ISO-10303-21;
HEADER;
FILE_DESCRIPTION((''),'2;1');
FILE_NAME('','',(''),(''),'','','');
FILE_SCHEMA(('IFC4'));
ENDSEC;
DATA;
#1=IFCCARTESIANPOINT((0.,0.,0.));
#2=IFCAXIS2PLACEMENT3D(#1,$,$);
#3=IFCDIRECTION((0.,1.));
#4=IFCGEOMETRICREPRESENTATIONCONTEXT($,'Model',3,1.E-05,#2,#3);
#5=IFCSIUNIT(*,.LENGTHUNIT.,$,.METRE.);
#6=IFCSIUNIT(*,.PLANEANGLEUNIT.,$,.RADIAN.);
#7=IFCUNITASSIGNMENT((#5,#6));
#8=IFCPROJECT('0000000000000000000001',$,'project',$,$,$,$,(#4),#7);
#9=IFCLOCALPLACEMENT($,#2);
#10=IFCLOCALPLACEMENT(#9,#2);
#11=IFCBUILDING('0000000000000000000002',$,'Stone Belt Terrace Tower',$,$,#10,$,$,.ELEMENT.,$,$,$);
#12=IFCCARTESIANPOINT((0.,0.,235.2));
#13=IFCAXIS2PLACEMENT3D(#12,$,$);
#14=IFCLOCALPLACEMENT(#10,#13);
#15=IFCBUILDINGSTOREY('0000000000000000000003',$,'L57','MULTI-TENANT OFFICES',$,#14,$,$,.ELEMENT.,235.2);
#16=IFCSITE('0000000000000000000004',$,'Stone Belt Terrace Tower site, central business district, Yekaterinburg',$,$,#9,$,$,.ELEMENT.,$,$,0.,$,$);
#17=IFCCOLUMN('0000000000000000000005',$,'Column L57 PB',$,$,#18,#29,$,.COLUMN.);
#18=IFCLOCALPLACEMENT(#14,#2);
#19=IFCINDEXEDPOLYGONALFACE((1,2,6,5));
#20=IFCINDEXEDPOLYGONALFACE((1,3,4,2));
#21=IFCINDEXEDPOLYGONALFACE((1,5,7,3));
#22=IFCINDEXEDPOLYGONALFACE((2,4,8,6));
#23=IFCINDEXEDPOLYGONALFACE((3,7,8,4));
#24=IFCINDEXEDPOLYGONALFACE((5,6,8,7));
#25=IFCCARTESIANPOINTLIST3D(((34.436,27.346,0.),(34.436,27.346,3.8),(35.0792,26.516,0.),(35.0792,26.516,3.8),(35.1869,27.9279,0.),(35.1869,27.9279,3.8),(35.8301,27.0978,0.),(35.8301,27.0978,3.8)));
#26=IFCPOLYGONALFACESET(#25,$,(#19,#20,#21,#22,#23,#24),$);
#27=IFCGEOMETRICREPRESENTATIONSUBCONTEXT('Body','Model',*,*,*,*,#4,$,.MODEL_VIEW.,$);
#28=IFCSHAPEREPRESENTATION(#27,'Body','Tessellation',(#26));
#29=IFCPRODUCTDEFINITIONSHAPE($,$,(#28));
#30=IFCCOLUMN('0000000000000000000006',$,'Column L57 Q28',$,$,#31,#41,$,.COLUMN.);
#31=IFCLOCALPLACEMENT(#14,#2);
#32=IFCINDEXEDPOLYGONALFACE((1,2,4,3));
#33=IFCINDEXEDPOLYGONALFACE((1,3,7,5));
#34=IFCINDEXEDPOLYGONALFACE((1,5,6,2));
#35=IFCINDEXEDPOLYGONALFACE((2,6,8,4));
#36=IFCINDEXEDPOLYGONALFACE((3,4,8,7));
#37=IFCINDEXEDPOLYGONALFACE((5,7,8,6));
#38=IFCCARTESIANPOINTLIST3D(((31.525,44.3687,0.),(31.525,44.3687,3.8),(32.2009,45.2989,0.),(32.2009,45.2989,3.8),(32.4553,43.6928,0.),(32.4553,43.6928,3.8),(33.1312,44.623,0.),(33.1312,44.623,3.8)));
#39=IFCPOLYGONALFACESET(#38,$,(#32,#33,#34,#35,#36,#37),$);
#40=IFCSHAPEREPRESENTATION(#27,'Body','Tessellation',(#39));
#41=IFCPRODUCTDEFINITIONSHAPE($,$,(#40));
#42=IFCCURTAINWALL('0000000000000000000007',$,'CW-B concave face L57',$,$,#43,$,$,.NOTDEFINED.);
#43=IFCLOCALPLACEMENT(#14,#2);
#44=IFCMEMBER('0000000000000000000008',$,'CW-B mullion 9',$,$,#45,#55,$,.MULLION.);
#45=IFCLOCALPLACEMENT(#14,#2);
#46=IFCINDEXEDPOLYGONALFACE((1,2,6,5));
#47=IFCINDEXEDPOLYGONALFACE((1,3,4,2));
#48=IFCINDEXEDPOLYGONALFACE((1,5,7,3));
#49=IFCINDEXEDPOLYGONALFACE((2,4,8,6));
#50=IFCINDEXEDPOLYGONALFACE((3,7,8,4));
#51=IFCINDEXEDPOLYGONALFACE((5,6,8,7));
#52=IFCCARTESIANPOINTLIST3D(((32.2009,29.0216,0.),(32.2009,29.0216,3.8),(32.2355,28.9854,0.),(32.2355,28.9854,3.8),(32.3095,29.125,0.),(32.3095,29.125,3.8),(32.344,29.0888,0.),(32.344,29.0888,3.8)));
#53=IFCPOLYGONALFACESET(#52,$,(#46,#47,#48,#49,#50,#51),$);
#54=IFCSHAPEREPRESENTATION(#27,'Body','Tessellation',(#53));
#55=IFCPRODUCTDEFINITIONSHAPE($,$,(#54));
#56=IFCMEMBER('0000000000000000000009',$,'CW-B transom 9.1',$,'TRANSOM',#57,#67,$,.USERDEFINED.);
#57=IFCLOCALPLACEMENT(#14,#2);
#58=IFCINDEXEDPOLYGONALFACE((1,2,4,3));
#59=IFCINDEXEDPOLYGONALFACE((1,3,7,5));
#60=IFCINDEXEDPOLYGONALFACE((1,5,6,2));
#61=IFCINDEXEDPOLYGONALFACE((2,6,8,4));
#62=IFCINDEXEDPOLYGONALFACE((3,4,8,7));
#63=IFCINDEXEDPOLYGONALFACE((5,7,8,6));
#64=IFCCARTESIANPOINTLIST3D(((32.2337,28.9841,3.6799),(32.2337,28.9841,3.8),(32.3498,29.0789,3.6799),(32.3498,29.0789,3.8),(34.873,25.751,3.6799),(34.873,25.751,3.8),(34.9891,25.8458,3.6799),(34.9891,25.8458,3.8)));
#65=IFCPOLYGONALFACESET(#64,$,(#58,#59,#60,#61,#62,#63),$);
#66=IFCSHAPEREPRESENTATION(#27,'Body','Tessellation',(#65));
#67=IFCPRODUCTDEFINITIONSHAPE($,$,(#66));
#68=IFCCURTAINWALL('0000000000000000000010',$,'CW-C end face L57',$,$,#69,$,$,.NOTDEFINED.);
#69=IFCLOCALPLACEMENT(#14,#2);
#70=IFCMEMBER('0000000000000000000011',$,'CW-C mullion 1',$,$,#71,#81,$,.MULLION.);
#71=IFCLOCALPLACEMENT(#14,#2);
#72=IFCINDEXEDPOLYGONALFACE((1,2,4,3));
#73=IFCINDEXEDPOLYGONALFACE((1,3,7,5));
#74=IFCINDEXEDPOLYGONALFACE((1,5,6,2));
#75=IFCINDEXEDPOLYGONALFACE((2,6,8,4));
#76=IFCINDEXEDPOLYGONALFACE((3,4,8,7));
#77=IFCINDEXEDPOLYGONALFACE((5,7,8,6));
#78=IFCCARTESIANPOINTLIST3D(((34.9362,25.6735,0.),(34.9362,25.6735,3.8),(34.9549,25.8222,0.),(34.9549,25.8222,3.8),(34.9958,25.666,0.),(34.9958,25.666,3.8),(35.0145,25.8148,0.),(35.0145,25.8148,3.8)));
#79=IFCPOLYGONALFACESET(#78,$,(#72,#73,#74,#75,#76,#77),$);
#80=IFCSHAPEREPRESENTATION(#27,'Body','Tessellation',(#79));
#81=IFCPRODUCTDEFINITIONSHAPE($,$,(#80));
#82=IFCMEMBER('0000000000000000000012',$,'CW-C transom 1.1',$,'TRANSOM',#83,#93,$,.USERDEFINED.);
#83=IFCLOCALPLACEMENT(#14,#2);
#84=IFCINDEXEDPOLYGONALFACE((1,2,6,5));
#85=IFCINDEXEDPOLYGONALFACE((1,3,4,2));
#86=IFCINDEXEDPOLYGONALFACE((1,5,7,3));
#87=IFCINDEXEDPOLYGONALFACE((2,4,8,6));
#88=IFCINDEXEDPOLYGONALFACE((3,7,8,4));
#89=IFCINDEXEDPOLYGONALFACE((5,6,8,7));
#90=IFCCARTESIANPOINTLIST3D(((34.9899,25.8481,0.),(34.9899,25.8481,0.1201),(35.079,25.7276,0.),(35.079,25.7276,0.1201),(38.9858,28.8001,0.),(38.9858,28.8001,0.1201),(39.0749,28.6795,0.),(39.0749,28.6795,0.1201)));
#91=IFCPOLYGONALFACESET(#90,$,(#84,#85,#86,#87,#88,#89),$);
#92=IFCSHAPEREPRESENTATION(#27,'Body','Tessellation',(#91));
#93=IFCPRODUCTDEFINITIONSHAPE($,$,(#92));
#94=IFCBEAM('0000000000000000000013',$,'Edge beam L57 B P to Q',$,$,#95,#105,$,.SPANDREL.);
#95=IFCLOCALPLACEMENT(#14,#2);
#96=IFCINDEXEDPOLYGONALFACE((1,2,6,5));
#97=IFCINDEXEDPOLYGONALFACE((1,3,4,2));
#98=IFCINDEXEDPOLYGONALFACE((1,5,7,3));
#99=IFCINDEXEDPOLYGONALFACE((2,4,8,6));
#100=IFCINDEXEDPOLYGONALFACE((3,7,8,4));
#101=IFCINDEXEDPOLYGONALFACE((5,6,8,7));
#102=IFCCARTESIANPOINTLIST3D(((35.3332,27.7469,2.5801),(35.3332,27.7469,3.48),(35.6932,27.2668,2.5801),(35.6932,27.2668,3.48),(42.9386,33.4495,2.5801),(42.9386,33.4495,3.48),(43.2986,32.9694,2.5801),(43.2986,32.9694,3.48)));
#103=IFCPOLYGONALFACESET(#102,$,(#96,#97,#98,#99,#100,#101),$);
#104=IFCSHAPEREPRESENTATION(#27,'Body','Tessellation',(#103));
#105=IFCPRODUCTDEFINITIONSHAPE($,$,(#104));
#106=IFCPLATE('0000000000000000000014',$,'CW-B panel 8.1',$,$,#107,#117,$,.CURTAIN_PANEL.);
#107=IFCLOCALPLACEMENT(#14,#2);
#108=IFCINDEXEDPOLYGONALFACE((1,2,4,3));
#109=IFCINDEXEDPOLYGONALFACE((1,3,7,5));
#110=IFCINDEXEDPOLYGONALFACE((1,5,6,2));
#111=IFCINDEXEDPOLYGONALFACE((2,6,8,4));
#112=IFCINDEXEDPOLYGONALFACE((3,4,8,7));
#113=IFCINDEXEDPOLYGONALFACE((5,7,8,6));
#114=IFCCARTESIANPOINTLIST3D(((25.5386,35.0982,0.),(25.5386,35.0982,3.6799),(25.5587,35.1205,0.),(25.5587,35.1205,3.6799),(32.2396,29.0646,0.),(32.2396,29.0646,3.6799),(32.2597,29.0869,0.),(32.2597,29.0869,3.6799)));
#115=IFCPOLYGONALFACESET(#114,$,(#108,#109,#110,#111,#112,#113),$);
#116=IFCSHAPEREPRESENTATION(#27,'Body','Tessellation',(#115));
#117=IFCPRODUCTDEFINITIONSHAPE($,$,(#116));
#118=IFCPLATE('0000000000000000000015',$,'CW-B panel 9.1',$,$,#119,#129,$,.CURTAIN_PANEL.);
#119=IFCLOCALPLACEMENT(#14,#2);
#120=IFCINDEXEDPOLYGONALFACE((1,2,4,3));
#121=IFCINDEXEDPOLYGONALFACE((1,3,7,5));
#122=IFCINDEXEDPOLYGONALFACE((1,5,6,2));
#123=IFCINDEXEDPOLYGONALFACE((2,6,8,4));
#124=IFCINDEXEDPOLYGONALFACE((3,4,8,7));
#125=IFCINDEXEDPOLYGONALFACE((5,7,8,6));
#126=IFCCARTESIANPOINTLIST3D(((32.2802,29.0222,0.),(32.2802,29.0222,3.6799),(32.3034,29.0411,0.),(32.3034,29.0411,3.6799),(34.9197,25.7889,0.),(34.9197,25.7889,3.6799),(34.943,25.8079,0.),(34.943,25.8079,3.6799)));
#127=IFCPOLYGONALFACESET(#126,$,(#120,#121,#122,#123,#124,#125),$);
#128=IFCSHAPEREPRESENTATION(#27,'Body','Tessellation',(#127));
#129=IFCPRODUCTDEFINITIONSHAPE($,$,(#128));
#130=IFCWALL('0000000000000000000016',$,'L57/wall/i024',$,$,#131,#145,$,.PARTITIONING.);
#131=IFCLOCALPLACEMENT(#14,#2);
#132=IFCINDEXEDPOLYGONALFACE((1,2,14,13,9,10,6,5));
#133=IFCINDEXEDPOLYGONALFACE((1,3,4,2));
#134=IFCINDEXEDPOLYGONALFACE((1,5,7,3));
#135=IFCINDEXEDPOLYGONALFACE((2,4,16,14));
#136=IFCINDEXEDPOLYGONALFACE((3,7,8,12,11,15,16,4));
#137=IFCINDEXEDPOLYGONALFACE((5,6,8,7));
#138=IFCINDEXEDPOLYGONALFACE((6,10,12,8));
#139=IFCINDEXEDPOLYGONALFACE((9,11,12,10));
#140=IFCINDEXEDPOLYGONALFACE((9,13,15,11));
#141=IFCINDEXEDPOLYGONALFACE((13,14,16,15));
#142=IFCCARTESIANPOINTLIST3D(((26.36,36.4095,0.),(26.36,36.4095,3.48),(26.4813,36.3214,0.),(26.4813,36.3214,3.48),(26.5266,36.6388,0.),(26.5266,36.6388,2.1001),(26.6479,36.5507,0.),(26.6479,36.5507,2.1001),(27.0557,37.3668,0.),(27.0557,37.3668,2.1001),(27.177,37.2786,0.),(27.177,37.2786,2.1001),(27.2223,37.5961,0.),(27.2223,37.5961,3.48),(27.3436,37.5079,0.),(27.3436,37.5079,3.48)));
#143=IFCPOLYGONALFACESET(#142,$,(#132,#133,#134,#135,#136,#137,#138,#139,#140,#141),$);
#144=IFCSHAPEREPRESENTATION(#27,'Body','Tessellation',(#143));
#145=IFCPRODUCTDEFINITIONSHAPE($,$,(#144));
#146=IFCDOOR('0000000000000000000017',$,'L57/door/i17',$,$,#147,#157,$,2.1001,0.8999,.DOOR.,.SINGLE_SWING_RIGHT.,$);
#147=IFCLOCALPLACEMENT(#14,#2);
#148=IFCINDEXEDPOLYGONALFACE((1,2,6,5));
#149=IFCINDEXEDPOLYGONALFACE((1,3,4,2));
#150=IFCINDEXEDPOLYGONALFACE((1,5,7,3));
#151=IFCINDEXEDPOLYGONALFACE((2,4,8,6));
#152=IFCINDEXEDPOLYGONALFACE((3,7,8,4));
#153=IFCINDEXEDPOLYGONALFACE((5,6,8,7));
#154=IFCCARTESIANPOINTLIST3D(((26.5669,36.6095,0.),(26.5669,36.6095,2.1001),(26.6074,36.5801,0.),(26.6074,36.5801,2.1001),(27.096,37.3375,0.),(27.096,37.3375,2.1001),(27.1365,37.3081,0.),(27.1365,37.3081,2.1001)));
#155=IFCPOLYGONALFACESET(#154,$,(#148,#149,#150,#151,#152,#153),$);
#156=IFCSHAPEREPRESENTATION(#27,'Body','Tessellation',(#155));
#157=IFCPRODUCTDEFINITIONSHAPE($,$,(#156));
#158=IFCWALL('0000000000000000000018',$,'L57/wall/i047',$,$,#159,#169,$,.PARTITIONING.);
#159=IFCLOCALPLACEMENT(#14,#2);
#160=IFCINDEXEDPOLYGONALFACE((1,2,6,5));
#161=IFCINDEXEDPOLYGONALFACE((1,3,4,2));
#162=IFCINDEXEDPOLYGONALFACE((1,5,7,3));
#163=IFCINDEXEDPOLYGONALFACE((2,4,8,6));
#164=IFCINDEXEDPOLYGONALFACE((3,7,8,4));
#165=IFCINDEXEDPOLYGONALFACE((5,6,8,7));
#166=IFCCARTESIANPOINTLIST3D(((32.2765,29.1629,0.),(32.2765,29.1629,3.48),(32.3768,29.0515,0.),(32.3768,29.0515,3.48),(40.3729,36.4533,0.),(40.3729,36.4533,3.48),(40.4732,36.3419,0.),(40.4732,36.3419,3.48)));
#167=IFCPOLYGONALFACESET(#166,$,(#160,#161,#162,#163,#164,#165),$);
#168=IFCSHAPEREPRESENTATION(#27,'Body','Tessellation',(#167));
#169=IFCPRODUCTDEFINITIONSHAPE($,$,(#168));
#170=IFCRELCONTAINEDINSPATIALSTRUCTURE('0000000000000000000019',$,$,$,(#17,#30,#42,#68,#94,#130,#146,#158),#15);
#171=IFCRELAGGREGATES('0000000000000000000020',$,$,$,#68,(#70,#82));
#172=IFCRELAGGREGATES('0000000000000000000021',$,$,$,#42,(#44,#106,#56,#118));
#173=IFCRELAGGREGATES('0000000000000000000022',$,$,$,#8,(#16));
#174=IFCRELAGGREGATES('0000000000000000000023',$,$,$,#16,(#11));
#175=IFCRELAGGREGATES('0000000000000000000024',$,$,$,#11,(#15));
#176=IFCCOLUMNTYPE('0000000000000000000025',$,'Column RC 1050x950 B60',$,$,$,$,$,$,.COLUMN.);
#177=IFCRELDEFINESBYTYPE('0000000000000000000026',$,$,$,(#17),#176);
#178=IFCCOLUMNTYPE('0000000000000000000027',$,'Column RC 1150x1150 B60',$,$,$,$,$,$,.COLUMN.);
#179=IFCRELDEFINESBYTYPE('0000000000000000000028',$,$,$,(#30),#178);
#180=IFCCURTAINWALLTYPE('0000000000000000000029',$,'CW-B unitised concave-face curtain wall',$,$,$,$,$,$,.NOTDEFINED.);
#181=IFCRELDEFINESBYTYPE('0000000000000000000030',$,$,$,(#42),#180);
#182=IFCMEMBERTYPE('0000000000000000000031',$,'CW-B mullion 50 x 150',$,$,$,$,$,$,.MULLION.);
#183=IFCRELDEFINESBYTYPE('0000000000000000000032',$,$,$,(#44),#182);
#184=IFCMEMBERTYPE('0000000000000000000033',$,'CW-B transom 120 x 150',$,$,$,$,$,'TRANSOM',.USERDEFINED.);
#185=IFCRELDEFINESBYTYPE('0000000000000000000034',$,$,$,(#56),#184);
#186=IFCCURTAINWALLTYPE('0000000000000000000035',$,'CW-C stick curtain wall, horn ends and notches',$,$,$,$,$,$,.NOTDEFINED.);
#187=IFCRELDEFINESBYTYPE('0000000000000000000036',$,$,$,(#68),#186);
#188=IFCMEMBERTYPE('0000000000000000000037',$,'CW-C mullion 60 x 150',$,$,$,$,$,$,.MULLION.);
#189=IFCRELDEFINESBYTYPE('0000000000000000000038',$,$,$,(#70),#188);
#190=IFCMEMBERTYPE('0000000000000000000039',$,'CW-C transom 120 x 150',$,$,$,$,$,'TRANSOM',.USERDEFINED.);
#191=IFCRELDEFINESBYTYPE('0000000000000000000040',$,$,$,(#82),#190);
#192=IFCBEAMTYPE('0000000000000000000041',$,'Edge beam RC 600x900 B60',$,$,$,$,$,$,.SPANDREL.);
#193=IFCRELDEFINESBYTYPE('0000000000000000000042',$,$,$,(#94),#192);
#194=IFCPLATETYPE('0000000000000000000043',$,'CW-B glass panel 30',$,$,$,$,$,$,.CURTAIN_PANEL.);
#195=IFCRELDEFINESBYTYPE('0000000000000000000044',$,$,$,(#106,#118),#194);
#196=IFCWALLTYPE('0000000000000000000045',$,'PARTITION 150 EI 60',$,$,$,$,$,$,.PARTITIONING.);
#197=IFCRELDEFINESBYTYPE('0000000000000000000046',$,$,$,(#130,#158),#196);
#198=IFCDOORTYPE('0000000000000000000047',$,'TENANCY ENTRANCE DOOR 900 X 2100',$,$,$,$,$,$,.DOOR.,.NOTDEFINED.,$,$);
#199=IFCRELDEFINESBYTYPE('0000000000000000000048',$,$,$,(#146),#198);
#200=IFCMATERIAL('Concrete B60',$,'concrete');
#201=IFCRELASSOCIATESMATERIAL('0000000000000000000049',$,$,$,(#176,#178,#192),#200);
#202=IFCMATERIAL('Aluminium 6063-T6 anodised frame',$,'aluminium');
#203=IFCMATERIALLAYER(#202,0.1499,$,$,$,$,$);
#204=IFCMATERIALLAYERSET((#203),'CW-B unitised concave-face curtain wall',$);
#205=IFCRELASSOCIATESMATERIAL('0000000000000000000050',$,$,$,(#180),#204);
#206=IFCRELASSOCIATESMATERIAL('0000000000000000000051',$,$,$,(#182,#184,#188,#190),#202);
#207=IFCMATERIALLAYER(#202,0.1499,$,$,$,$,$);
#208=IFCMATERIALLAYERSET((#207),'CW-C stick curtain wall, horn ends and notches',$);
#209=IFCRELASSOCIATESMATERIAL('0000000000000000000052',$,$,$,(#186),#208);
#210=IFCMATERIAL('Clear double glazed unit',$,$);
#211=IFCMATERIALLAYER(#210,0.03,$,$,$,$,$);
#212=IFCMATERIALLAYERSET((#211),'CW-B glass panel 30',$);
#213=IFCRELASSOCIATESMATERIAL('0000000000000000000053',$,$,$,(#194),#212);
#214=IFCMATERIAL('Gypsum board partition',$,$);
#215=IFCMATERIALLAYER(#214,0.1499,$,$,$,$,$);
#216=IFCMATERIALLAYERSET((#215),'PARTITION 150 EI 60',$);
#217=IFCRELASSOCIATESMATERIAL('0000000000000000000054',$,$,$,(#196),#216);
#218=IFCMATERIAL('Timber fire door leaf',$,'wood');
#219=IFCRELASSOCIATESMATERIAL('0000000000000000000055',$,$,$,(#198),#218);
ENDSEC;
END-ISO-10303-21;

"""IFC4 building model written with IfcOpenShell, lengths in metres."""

from ifc_helpers import new_model, si_unit, direction, frame, frame_2d, origin, origin_2d, place, context, subcontext, project, spatial, rectangle, extrude, material, layer, layer_set, material_profile, profile_set, type_object, element, fill, aggregate, save


model = new_model("IFC4")

# Units and contexts
model_context = context("Model", 3, precision=1e-05, world=origin(), true_north=direction((0.0, 1.0)))
body_context = subcontext(model_context, "Body", "Model", "MODEL_VIEW")
ifc_project = project(units=[si_unit("LENGTHUNIT", "METRE"), si_unit("PLANEANGLEUNIT", "RADIAN")], contexts=[model_context])

# Site, building, storey
site_placement = place(None, origin())
site = spatial("IfcSite", under=ifc_project, at=site_placement, Name="Stone Belt Terrace Tower site, central business district, Yekaterinburg", CompositionType="ELEMENT", RefElevation=0.0)
building_placement = place(site_placement, origin())
building = spatial("IfcBuilding", under=site, at=building_placement, Name="Stone Belt Terrace Tower", CompositionType="ELEMENT")
storey_placement = place(building_placement, frame((0.0, 0.0, 235.2)))
storey = spatial("IfcBuildingStorey", under=building, at=storey_placement, Name="L57", Description="MULTI-TENANT OFFICES", CompositionType="ELEMENT", Elevation=235.2)

# Columns
ifc_material_1 = material(Name="Concrete B60", Category="concrete")
ifc_material_profile_1 = material_profile(ifc_material_1, rectangle(XDim=1.05, YDim=0.95, at=origin_2d()), Name="RC 1050x950")
ifc_profile_set_1 = profile_set([ifc_material_profile_1], Name="Concrete B60")
column_type_1 = type_object("IfcColumnType", Name="Column RC 1050x950 B60", PredefinedType="COLUMN", material=ifc_profile_set_1)
column_1_placement = place(storey_placement, frame((35.1331, 27.2219, 0.0), z_axis=(0.0, 0.0, 1.0), x_axis=(0.612485, -0.790482, 0.0)))
element("IfcColumn", 1, at=column_1_placement, inside=storey, type_object=column_type_1, Name="Column L57 PB", PredefinedType="COLUMN", context=body_context, shape_type="SweptSolid", body=[
    extrude(rectangle(XDim=1.05, YDim=0.95, at=origin_2d()), origin(), (0.0, 0.0, 1.0), 3.8),
])
ifc_material_profile_2 = material_profile(ifc_material_1, rectangle(XDim=1.1499, YDim=1.1499, at=origin_2d()), Name="RC 1150x1150")
ifc_profile_set_2 = profile_set([ifc_material_profile_2], Name="Concrete B60")
column_type_2 = type_object("IfcColumnType", Name="Column RC 1150x1150 B60", PredefinedType="COLUMN", material=ifc_profile_set_2)
column_2_placement = place(storey_placement, frame((32.3281, 44.4958, 0.0), z_axis=(0.0, 0.0, 1.0), x_axis=(0.809017, -0.587785, 0.0)))
element("IfcColumn", 2, at=column_2_placement, inside=storey, type_object=column_type_2, Name="Column L57 Q28", PredefinedType="COLUMN", context=body_context, shape_type="SweptSolid", body=[
    extrude(rectangle(XDim=1.1499, YDim=1.1499, at=origin_2d()), origin(), (0.0, 0.0, 1.0), 3.8),
])

# Curtain walls, members
ifc_material_2 = material(Name="Aluminium 6063-T6 anodised frame", Category="aluminium")
ifc_layer_1 = layer(ifc_material_2, 0.1499)
ifc_layer_set_1 = layer_set([ifc_layer_1], Name="CW-B unitised concave-face curtain wall")
curtain_wall_type_1 = type_object("IfcCurtainWallType", Name="CW-B unitised concave-face curtain wall", PredefinedType="NOTDEFINED", material=ifc_layer_set_1)
curtain_wall_1_placement = place(storey_placement, origin())
curtain_wall_1 = element("IfcCurtainWall", 3, at=curtain_wall_1_placement, inside=storey, type_object=curtain_wall_type_1, Name="CW-B concave face L57", PredefinedType="NOTDEFINED")
ifc_material_profile_3 = material_profile(ifc_material_2, rectangle(XDim=0.1499, YDim=0.05, at=origin_2d()), Name="Aluminium 6063-T6 50x150")
ifc_profile_set_3 = profile_set([ifc_material_profile_3], Name="Aluminium 6063-T6 anodised frame")
member_type_1 = type_object("IfcMemberType", Name="CW-B mullion 50 x 150", PredefinedType="MULLION", material=ifc_profile_set_3)
member_1_placement = place(storey_placement, frame((32.2725, 29.0552, 0.0), z_axis=(0.0, 0.0, 1.0), x_axis=(0.724008, 0.689792, 0.0)))
member_1 = element("IfcMember", 4, at=member_1_placement, type_object=member_type_1, Name="CW-B mullion 9", PredefinedType="MULLION", context=body_context, shape_type="SweptSolid", body=[
    extrude(rectangle(XDim=0.1499, YDim=0.05, at=origin_2d()), origin(), (0.0, 0.0, 1.0), 3.8),
])
ifc_material_profile_4 = material_profile(ifc_material_2, rectangle(XDim=0.1499, YDim=0.1201, at=origin_2d()), Name="Aluminium 6063-T6 150x120")
ifc_profile_set_4 = profile_set([ifc_material_profile_4], Name="Aluminium 6063-T6 anodised frame")
member_type_2 = type_object("IfcMemberType", Name="CW-B transom 120 x 150", ElementType="TRANSOM", PredefinedType="USERDEFINED", material=ifc_profile_set_4)
member_2_placement = place(storey_placement, frame((32.2917, 29.0315, 3.74), z_axis=(0.63239, -0.77465, 0.0), x_axis=(0.77465, 0.63239, 0.0)))
member_2 = element("IfcMember", 5, at=member_2_placement, type_object=member_type_2, Name="CW-B transom 9.1", ObjectType="TRANSOM", PredefinedType="USERDEFINED", context=body_context, shape_type="SweptSolid", body=[
    extrude(rectangle(XDim=0.1499, YDim=0.1201, at=origin_2d()), origin(), (0.0, 0.0, 1.0), 4.1736),
])
ifc_layer_2 = layer(ifc_material_2, 0.1499)
ifc_layer_set_2 = layer_set([ifc_layer_2], Name="CW-C stick curtain wall, horn ends and notches")
curtain_wall_type_2 = type_object("IfcCurtainWallType", Name="CW-C stick curtain wall, horn ends and notches", PredefinedType="NOTDEFINED", material=ifc_layer_set_2)
curtain_wall_2_placement = place(storey_placement, origin())
curtain_wall_2 = element("IfcCurtainWall", 6, at=curtain_wall_2_placement, inside=storey, type_object=curtain_wall_type_2, Name="CW-C end face L57", PredefinedType="NOTDEFINED")
ifc_material_profile_5 = material_profile(ifc_material_2, rectangle(XDim=0.1499, YDim=0.0601, at=origin_2d()), Name="Aluminium 6063-T6 60x150")
ifc_profile_set_5 = profile_set([ifc_material_profile_5], Name="Aluminium 6063-T6 anodised frame")
member_type_3 = type_object("IfcMemberType", Name="CW-C mullion 60 x 150", PredefinedType="MULLION", material=ifc_profile_set_5)
member_3_placement = place(storey_placement, frame((34.9753, 25.7441, 0.0), z_axis=(0.0, 0.0, 1.0), x_axis=(0.124626, 0.992204, 0.0)))
member_3 = element("IfcMember", 7, at=member_3_placement, type_object=member_type_3, Name="CW-C mullion 1", PredefinedType="MULLION", context=body_context, shape_type="SweptSolid", body=[
    extrude(rectangle(XDim=0.1499, YDim=0.0601, at=origin_2d()), origin(), (0.0, 0.0, 1.0), 3.8),
])
ifc_material_profile_6 = material_profile(ifc_material_2, rectangle(XDim=0.1499, YDim=0.1201, at=origin_2d()), Name="Aluminium 6063-T6 150x120")
ifc_profile_set_6 = profile_set([ifc_material_profile_6], Name="Aluminium 6063-T6 anodised frame")
member_type_4 = type_object("IfcMemberType", Name="CW-C transom 120 x 150", ElementType="TRANSOM", PredefinedType="USERDEFINED", material=ifc_profile_set_6)
member_4_placement = place(storey_placement, frame((35.0344, 25.7878, 0.0601), z_axis=(0.804325, 0.594189, 0.0), x_axis=(-0.594189, 0.804325, 0.0)))
member_4 = element("IfcMember", 8, at=member_4_placement, type_object=member_type_4, Name="CW-C transom 1.1", ObjectType="TRANSOM", PredefinedType="USERDEFINED", context=body_context, shape_type="SweptSolid", body=[
    extrude(rectangle(XDim=0.1499, YDim=0.1201, at=origin_2d()), origin(), (0.0, 0.0, 1.0), 4.968),
])
aggregate(curtain_wall_2, [member_3, member_4])

# Beam
ifc_material_profile_7 = material_profile(ifc_material_1, rectangle(XDim=0.6001, YDim=0.8999, at=origin_2d()), Name="RC 600x900")
ifc_profile_set_7 = profile_set([ifc_material_profile_7], Name="Concrete B60")
beam_type = type_object("IfcBeamType", Name="Edge beam RC 600x900 B60", PredefinedType="SPANDREL", material=ifc_profile_set_7)
beam_placement = place(storey_placement, frame((35.5132, 27.5068, 3.03), z_axis=(0.800074, 0.599901, 0.0), x_axis=(-0.599901, 0.800074, 0.0)))
element("IfcBeam", 9, at=beam_placement, inside=storey, type_object=beam_type, Name="Edge beam L57 B P to Q", PredefinedType="SPANDREL", context=body_context, shape_type="SweptSolid", body=[
    extrude(rectangle(XDim=0.6001, YDim=0.8999, at=origin_2d()), origin(), (0.0, 0.0, 1.0), 9.5059),
])

# Plates
ifc_material_3 = material(Name="Clear double glazed unit")
ifc_layer_3 = layer(ifc_material_3, 0.03)
ifc_layer_set_3 = layer_set([ifc_layer_3], Name="CW-B glass panel 30")
plate_type = type_object("IfcPlateType", Name="CW-B glass panel 30", PredefinedType="CURTAIN_PANEL", material=ifc_layer_set_3)
plate_1_placement = place(storey_placement, frame((28.8992, 32.0925, 0.0), z_axis=(0.0, 0.0, 1.0), x_axis=(0.743145, -0.669131, 0.0)))
plate_1 = element("IfcPlate", 10, at=plate_1_placement, type_object=plate_type, Name="CW-B panel 8.1", PredefinedType="CURTAIN_PANEL", context=body_context, shape_type="SweptSolid", body=[
    extrude(rectangle(XDim=9.0171, YDim=0.03, at=origin_2d()), origin(), (0.0, 0.0, 1.0), 3.6799),
])
plate_2_placement = place(storey_placement, frame((33.6116, 27.415, 0.0), z_axis=(0.0, 0.0, 1.0), x_axis=(0.632398, -0.774644, 0.0)))
plate_2 = element("IfcPlate", 11, at=plate_2_placement, type_object=plate_type, Name="CW-B panel 9.1", PredefinedType="CURTAIN_PANEL", context=body_context, shape_type="SweptSolid", body=[
    extrude(rectangle(XDim=4.1738, YDim=0.03, at=origin_2d()), origin(), (0.0, 0.0, 1.0), 3.6799),
])
aggregate(curtain_wall_1, [member_1, plate_1, member_2, plate_2])

# Wall, opening, door
ifc_material_4 = material(Name="Gypsum board partition")
ifc_layer_4 = layer(ifc_material_4, 0.1499)
ifc_layer_set_4 = layer_set([ifc_layer_4], Name="PARTITION 150 EI 60")
wall_type_1 = type_object("IfcWallType", Name="PARTITION 150 EI 60", PredefinedType="PARTITIONING", material=ifc_layer_set_4)
wall_1_placement = place(storey_placement, frame((27.283, 37.552, 0.0), z_axis=(0.0, 0.0, 1.0), x_axis=(-0.587895, -0.808938, 0.0)))
wall_1 = element("IfcWall", 12, at=wall_1_placement, inside=storey, type_object=wall_type_1, Name="L57/wall/i024", PredefinedType="PARTITIONING", context=body_context, shape_type="SweptSolid", body=[
    extrude(rectangle(XDim=1.4668, YDim=0.1499, at=frame_2d((0.7334, 0.0))), origin(), (0.0, 0.0, 1.0), 3.48),
])
opening_1_placement = place(wall_1_placement, frame((0.2834, 0.0, 0.0)))
opening_1 = element("IfcOpeningElement", 13, at=opening_1_placement, cuts=wall_1, PredefinedType="OPENING", context=body_context, shape_type="SweptSolid", body=[
    extrude(rectangle(XDim=0.8999, YDim=2.1001, at=frame_2d((0.45, 1.05))), frame((0.0, 0.085, 0.0), z_axis=(0.0, -1.0, 0.0), x_axis=(1.0, 0.0, 0.0)), (0.0, 0.0, 1.0), 0.1699),
])
ifc_material_5 = material(Name="Timber fire door leaf", Category="wood")
door_type_1 = type_object("IfcDoorType", Name="TENANCY ENTRANCE DOOR 900 X 2100", OperationType="NOTDEFINED", PredefinedType="DOOR", material=ifc_material_5)
door_1_placement = place(opening_1_placement, origin())
door_1 = element("IfcDoor", 14, at=door_1_placement, inside=storey, type_object=door_type_1, Name="L57/door/i17", OperationType="SINGLE_SWING_RIGHT", OverallHeight=2.1001, OverallWidth=0.8999, PredefinedType="DOOR", context=body_context, shape_type="SweptSolid", body=[
    extrude(rectangle(XDim=0.8999, YDim=2.1001, at=frame_2d((0.45, 1.05))), frame((0.0, 0.0249, 0.0), z_axis=(0.0, -1.0, 0.0), x_axis=(1.0, 0.0, 0.0)), (0.0, 0.0, 1.0), 0.05),
])
fill(opening_1, door_1)

# Wall
wall_2_placement = place(storey_placement, frame((32.3267, 29.1072, 0.0), z_axis=(0.0, 0.0, 1.0), x_axis=(0.743124, 0.669154, 0.0)))
element("IfcWall", 15, at=wall_2_placement, inside=storey, type_object=wall_type_1, Name="L57/wall/i047", PredefinedType="PARTITIONING", context=body_context, shape_type="SweptSolid", body=[
    extrude(rectangle(XDim=10.895, YDim=0.1499, at=frame_2d((5.4475, 0.0))), origin(), (0.0, 0.0, 1.0), 3.48),
])

save(model, "model.ifc")
